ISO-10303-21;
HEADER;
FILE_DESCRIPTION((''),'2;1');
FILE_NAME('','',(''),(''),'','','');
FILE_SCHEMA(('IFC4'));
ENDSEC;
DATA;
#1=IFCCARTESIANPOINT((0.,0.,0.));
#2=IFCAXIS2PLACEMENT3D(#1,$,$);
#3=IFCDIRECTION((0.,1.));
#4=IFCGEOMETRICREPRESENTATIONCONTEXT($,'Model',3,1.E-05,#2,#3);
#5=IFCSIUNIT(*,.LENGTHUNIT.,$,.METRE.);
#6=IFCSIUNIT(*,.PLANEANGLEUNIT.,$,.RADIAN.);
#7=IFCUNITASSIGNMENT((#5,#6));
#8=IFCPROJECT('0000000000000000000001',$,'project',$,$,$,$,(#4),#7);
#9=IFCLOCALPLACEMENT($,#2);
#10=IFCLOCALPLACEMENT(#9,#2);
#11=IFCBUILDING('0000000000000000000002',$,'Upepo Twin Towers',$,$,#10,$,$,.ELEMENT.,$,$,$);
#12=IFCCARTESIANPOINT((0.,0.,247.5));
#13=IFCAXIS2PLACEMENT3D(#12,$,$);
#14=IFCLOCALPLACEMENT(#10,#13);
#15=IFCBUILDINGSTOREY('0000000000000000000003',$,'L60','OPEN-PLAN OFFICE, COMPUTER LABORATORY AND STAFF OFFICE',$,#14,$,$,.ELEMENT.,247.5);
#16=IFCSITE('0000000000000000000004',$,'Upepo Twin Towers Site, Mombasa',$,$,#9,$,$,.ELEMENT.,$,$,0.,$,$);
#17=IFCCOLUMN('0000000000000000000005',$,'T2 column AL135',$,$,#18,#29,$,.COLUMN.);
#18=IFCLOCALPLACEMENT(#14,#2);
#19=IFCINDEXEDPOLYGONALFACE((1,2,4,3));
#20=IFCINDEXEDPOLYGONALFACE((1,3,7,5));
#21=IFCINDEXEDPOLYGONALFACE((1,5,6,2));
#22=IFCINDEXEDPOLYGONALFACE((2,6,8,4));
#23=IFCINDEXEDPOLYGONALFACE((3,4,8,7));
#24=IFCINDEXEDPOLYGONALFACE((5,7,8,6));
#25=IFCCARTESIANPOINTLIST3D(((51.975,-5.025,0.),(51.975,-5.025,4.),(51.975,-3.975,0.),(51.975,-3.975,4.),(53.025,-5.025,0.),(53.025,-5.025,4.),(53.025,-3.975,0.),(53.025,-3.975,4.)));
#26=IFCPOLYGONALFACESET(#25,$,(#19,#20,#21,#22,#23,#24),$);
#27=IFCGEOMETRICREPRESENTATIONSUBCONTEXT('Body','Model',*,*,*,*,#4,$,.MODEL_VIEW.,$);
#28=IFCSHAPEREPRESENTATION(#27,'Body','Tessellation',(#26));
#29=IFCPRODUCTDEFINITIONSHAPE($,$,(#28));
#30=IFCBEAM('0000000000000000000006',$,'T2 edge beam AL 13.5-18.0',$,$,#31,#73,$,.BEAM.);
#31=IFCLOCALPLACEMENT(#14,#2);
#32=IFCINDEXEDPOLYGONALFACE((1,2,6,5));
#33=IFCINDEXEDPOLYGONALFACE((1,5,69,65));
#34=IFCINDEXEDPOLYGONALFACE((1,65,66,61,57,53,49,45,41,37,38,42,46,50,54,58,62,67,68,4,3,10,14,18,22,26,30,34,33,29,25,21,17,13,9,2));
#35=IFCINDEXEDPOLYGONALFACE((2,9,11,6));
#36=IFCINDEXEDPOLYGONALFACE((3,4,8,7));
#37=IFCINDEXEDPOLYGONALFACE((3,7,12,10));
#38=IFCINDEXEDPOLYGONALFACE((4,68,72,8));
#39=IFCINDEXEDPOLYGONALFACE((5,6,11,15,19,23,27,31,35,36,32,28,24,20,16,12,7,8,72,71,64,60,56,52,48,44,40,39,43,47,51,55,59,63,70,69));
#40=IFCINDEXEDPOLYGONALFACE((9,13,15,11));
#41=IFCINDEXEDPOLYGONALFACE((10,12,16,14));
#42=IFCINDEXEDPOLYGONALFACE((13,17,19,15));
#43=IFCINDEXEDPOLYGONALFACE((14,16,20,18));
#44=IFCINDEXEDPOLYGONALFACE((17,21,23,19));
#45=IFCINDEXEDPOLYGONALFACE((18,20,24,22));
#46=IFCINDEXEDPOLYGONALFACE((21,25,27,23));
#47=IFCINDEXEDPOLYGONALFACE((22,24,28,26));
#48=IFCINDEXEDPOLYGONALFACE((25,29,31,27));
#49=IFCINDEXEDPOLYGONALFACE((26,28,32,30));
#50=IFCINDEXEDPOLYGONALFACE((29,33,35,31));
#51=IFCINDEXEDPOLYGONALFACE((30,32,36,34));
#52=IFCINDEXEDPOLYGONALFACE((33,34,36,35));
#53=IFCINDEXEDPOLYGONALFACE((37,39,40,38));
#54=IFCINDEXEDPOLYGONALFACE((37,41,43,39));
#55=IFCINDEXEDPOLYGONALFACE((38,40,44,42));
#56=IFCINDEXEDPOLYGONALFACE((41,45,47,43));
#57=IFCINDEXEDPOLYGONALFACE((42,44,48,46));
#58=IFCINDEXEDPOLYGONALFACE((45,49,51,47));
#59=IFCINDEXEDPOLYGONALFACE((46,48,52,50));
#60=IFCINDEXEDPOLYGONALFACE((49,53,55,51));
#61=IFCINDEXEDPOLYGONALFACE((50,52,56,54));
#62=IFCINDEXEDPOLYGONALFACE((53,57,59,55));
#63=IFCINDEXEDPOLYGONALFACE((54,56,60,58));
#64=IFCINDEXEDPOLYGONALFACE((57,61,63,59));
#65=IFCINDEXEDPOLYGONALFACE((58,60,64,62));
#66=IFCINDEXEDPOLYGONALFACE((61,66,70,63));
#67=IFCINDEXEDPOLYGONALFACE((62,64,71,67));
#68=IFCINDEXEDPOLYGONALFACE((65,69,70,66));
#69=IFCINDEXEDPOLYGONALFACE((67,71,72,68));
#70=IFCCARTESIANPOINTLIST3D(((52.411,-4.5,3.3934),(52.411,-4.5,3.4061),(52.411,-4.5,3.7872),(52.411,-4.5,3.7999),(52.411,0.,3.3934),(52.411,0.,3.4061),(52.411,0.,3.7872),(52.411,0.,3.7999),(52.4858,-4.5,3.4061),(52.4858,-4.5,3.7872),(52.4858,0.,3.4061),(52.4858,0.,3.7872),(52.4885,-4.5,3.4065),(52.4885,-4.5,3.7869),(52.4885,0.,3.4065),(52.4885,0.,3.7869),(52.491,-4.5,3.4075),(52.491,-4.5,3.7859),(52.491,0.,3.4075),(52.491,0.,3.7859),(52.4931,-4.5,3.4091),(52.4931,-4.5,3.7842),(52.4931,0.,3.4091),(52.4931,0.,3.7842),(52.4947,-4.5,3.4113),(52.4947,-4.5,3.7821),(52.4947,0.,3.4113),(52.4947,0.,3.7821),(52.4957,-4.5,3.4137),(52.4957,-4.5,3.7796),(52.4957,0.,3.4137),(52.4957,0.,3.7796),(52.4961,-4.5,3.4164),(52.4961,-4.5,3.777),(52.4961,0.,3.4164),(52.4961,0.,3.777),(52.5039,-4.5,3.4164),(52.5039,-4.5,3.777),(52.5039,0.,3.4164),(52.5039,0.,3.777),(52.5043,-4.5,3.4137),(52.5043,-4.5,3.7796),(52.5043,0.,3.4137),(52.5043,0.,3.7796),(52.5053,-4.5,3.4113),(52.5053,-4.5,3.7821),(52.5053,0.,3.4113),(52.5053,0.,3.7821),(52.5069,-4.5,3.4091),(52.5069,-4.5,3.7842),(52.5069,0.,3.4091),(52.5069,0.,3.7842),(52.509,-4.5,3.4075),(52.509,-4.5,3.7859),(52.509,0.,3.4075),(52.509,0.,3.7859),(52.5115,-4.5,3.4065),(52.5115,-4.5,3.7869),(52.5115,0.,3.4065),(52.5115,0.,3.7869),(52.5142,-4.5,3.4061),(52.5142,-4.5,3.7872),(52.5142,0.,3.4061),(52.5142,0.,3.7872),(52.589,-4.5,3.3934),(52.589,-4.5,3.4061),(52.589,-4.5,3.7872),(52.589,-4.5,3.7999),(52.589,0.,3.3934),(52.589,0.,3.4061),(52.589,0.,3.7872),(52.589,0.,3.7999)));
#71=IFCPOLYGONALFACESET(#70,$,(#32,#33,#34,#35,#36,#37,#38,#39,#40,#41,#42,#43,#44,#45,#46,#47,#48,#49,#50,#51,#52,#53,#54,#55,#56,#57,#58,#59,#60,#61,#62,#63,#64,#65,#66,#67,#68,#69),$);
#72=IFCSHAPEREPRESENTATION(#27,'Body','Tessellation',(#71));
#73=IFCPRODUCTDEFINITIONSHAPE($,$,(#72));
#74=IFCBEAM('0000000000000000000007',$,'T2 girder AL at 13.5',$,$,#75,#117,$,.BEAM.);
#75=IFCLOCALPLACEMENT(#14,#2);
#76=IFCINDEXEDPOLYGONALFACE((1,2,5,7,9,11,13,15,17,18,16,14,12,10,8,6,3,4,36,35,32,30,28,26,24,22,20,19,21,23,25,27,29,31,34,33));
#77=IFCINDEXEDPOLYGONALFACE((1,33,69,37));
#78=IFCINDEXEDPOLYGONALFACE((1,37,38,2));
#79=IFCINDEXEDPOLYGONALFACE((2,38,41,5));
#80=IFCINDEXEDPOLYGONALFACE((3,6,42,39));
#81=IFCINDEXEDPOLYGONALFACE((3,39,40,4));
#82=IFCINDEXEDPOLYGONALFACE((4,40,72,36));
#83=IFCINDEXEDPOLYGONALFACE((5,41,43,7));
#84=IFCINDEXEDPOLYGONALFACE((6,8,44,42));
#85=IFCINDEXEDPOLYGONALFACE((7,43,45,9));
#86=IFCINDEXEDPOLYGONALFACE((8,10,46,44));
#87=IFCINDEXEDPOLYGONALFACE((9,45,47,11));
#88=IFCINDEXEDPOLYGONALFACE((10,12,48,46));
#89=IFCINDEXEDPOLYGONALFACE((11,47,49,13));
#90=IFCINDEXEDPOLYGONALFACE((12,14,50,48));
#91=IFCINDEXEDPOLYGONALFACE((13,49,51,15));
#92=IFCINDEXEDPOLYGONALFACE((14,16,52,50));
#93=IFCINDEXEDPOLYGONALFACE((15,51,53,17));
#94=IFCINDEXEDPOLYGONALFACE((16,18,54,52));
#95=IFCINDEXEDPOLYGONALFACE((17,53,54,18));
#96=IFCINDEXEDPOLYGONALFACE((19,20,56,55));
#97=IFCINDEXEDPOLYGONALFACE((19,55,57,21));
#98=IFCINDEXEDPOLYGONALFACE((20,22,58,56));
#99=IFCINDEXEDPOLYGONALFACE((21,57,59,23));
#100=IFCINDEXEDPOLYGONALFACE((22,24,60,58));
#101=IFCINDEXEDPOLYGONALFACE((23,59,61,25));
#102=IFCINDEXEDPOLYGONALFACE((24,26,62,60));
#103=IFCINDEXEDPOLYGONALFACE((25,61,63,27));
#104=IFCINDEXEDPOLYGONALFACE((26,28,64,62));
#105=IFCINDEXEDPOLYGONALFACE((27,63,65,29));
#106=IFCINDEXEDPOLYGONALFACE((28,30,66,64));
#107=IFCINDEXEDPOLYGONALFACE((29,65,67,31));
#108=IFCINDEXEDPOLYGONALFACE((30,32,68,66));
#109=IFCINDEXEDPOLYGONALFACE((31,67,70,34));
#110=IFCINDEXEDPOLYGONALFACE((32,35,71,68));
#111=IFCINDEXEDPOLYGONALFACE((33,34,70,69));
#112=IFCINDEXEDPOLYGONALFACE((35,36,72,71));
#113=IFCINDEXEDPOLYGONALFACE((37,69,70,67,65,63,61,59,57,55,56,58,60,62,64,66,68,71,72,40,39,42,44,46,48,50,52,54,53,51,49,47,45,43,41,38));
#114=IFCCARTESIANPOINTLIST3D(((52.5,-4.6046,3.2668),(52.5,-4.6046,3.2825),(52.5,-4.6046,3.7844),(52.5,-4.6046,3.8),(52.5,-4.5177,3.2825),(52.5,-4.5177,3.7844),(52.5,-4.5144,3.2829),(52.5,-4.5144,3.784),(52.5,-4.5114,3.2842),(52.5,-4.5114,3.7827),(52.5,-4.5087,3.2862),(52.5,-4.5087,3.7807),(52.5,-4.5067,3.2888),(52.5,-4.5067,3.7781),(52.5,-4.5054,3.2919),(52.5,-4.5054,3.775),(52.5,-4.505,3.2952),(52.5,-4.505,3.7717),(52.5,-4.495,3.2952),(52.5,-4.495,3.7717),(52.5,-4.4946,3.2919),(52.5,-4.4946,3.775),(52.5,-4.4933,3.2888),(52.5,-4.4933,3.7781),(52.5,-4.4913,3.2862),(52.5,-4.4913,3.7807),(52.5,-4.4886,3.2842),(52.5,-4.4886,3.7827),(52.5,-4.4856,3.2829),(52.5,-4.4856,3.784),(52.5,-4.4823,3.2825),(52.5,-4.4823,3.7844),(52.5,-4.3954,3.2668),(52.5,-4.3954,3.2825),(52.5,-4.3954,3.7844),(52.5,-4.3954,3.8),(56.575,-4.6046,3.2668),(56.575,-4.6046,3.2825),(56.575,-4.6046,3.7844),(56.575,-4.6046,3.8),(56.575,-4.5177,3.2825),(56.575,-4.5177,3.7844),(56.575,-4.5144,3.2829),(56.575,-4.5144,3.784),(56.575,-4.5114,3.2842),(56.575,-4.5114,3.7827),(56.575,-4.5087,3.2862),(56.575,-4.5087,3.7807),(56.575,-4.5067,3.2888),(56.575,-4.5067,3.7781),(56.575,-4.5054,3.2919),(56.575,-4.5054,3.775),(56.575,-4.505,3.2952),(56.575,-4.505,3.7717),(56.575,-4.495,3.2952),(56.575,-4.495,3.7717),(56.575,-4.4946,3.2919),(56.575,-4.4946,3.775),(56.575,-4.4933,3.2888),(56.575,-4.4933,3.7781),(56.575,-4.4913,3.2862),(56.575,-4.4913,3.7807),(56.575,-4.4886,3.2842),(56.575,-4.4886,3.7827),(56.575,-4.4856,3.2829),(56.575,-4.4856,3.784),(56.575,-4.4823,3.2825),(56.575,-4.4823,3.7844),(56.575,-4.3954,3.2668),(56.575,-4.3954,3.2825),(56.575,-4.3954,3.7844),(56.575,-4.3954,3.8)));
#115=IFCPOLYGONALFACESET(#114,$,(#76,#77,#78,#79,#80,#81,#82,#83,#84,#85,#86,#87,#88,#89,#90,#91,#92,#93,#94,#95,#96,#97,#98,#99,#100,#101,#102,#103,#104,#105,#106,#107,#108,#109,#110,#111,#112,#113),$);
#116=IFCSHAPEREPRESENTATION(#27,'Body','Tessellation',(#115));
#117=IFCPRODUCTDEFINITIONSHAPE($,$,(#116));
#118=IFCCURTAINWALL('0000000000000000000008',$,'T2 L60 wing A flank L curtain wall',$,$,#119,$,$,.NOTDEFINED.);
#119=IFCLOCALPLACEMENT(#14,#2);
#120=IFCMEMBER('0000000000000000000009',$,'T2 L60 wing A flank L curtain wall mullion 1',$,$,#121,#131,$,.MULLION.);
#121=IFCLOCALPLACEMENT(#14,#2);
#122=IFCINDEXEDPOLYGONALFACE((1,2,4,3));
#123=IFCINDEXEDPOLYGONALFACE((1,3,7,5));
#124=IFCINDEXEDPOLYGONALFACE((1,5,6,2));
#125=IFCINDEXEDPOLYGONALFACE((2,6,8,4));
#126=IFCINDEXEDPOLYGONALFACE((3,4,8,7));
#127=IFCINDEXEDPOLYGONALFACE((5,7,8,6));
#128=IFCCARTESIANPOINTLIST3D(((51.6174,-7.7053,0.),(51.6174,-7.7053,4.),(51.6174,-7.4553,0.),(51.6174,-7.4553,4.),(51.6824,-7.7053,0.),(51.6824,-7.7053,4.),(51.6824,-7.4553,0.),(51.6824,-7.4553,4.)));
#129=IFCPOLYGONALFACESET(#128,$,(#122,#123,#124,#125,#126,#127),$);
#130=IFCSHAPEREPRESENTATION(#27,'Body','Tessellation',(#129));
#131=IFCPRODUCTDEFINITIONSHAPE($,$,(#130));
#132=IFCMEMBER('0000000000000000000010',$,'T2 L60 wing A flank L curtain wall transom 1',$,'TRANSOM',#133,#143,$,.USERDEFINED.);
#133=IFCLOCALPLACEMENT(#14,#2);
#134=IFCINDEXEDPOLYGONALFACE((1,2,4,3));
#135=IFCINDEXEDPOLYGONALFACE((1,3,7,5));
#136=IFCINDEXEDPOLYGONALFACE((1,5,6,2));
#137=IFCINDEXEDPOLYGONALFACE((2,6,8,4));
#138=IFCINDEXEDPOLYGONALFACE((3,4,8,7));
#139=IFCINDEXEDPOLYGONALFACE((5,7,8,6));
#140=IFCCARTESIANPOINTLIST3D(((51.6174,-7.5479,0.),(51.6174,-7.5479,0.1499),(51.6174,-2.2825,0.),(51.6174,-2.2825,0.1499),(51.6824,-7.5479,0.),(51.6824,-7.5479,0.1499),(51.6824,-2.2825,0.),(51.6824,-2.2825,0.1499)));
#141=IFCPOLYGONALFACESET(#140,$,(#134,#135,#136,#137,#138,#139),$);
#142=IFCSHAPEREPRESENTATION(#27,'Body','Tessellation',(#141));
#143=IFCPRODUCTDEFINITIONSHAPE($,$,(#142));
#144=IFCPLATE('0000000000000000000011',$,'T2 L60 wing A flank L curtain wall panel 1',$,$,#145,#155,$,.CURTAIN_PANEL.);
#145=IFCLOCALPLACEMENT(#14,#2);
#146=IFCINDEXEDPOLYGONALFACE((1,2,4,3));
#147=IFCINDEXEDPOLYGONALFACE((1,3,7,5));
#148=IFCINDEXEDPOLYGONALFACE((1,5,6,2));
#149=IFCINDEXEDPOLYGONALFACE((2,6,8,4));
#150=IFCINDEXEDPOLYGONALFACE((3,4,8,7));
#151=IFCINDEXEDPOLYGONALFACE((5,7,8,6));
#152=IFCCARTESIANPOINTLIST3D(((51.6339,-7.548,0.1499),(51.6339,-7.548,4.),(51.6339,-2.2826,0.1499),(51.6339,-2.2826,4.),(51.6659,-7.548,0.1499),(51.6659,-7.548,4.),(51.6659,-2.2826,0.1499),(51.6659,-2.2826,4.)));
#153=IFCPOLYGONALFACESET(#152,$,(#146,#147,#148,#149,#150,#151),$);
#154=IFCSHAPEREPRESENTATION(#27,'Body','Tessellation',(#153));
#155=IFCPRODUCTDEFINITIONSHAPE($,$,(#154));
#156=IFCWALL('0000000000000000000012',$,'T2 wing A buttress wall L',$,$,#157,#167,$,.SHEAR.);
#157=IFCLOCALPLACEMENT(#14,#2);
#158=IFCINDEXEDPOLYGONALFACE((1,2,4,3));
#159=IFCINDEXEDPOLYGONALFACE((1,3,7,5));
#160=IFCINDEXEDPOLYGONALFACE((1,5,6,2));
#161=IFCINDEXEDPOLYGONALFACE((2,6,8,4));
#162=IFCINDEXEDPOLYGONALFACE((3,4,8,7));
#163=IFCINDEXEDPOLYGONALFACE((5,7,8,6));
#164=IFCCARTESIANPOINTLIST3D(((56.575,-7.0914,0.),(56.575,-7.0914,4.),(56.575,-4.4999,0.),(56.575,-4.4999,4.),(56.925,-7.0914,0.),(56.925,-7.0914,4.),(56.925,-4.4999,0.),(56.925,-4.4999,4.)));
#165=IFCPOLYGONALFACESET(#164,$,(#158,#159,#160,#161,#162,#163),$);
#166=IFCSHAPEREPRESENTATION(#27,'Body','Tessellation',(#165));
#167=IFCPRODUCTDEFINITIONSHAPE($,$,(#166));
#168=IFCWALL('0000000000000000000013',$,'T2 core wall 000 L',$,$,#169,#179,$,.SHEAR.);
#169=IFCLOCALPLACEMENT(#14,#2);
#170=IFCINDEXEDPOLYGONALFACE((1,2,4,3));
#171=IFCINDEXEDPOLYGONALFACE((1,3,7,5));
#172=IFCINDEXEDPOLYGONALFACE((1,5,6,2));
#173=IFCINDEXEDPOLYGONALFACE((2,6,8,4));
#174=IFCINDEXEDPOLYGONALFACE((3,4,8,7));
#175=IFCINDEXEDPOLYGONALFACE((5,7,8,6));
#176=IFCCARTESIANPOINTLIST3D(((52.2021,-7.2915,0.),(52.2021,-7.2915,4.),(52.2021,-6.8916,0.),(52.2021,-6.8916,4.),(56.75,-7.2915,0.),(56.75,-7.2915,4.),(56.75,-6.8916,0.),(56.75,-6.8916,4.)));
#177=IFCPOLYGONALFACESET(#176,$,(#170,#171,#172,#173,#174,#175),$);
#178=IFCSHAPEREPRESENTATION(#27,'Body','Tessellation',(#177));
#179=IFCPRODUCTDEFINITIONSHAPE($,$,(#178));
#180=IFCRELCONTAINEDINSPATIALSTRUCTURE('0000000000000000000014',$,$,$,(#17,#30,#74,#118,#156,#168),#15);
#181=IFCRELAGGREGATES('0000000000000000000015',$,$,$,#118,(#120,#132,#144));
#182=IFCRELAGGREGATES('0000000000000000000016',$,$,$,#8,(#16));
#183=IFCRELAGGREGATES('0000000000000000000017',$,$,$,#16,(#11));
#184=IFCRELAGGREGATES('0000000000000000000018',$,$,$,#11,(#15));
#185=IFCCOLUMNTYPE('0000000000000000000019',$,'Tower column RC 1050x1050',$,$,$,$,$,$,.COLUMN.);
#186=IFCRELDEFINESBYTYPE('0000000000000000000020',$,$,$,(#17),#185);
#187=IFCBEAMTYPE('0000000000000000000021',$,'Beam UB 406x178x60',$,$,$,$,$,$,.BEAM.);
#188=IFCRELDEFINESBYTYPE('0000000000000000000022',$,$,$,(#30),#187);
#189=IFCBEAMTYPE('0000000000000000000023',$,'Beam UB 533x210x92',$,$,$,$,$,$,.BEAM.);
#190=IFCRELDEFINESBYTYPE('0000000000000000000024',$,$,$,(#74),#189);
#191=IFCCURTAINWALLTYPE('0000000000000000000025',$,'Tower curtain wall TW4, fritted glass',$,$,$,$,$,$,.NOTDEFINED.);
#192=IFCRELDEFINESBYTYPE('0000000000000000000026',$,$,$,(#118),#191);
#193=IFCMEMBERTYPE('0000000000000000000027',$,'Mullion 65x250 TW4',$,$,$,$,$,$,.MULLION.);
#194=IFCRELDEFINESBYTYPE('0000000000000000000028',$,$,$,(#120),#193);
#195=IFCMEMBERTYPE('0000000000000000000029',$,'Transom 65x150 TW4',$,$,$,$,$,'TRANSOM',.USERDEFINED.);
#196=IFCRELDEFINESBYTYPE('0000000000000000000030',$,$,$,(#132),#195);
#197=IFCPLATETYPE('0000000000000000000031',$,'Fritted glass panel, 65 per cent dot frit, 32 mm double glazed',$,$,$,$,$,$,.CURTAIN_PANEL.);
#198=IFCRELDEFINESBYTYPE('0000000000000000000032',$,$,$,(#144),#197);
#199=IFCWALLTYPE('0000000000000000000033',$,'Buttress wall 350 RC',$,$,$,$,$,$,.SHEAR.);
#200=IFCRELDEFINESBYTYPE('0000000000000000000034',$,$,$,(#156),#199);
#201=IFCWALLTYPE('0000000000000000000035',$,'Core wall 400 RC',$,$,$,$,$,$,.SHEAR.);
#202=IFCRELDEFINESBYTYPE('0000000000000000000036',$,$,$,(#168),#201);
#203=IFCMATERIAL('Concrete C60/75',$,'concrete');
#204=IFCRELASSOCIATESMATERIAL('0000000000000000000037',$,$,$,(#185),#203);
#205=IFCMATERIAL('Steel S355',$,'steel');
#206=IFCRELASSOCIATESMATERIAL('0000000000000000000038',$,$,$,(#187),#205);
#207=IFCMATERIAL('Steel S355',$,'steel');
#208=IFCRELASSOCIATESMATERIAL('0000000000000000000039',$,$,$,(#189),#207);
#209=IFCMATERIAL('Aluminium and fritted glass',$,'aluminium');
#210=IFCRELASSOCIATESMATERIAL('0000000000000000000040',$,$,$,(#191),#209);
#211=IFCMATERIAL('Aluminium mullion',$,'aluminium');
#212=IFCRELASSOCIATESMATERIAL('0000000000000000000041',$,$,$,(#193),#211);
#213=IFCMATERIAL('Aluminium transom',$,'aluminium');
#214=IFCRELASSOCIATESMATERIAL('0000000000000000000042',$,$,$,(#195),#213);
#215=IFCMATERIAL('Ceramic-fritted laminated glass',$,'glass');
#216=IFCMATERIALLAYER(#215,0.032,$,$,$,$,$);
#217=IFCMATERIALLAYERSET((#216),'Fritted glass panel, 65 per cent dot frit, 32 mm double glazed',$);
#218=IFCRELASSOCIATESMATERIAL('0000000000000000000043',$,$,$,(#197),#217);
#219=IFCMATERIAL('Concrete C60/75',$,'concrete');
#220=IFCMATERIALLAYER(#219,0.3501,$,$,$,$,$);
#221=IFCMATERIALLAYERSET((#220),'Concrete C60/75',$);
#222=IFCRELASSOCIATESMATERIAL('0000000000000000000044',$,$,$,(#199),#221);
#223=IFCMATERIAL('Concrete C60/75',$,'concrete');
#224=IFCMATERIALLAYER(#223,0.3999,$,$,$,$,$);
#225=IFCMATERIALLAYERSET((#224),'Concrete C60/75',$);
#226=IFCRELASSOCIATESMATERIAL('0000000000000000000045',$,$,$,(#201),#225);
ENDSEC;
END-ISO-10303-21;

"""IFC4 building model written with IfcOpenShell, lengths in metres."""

from ifc_helpers import new_model, si_unit, direction, frame, frame_2d, origin, origin_2d, place, context, subcontext, project, spatial, rectangle, i_section, extrude, material, layer, layer_set, material_profile, profile_set, type_object, element, aggregate, save


model = new_model("IFC4")

# Units and contexts
model_context = context("Model", 3, precision=1e-05, world=origin(), true_north=direction((0.0, 1.0)))
body_context = subcontext(model_context, "Body", "Model", "MODEL_VIEW")
ifc_project = project(units=[si_unit("LENGTHUNIT", "METRE"), si_unit("PLANEANGLEUNIT", "RADIAN")], contexts=[model_context])

# Site, building, storey
site_placement = place(None, origin())
site = spatial("IfcSite", under=ifc_project, at=site_placement, Name="Upepo Twin Towers Site, Mombasa", CompositionType="ELEMENT", RefElevation=0.0)
building_placement = place(site_placement, origin())
building = spatial("IfcBuilding", under=site, at=building_placement, Name="Upepo Twin Towers", CompositionType="ELEMENT")
storey_placement = place(building_placement, frame((0.0, 0.0, 247.5)))
storey = spatial("IfcBuildingStorey", under=building, at=storey_placement, Name="L60", Description="OPEN-PLAN OFFICE, COMPUTER LABORATORY AND STAFF OFFICE", CompositionType="ELEMENT", Elevation=247.5)

# Column
ifc_material_1 = material(Name="Concrete C60/75", Category="concrete")
ifc_material_profile_1 = material_profile(ifc_material_1, rectangle(XDim=1.05, YDim=1.05, at=origin_2d()), Name="RC 1050x1050")
ifc_profile_set_1 = profile_set([ifc_material_profile_1], Name="Concrete C60/75")
column_type = type_object("IfcColumnType", Name="Tower column RC 1050x1050", PredefinedType="COLUMN", material=ifc_profile_set_1)
column_placement = place(storey_placement, frame((52.5, -4.5, 0.0), z_axis=(0.0, 0.0, 1.0), x_axis=(1.0, 0.0, 0.0)))
element("IfcColumn", 1, at=column_placement, inside=storey, type_object=column_type, Name="T2 column AL135", PredefinedType="COLUMN", context=body_context, shape_type="SweptSolid", body=[
    extrude(rectangle(XDim=1.05, YDim=1.05, at=origin_2d()), origin(), (0.0, 0.0, 1.0), 4.0),
])

# Beams
ifc_material_2 = material(Name="Steel S355", Category="steel")
ifc_material_profile_2 = material_profile(ifc_material_2, i_section(OverallWidth=0.178, OverallDepth=0.4065, WebThickness=0.0078, FlangeThickness=0.0127, FilletRadius=0.0103, at=origin_2d()), Name="UB 406x178x60")
ifc_profile_set_2 = profile_set([ifc_material_profile_2], Name="Steel S355")
beam_type_1 = type_object("IfcBeamType", Name="Beam UB 406x178x60", PredefinedType="BEAM", material=ifc_profile_set_2)
beam_1_placement = place(storey_placement, frame((52.5, -4.5, 3.5967), z_axis=(0.0, 1.0, 0.0), x_axis=(-1.0, 0.0, 0.0)))
element("IfcBeam", 2, at=beam_1_placement, inside=storey, type_object=beam_type_1, Name="T2 edge beam AL 13.5-18.0", PredefinedType="BEAM", context=body_context, shape_type="SweptSolid", body=[
    extrude(i_section(OverallWidth=0.178, OverallDepth=0.4065, WebThickness=0.0078, FlangeThickness=0.0127, FilletRadius=0.0103, at=origin_2d()), origin(), (0.0, 0.0, 1.0), 4.5),
])
ifc_material_3 = material(Name="Steel S355", Category="steel")
ifc_material_profile_3 = material_profile(ifc_material_3, i_section(OverallWidth=0.2092, OverallDepth=0.5332, WebThickness=0.01, FlangeThickness=0.0156, FilletRadius=0.0127, at=origin_2d()), Name="UB 533x210x92")
ifc_profile_set_3 = profile_set([ifc_material_profile_3], Name="Steel S355")
beam_type_2 = type_object("IfcBeamType", Name="Beam UB 533x210x92", PredefinedType="BEAM", material=ifc_profile_set_3)
beam_2_placement = place(storey_placement, frame((52.5, -4.5, 3.5334), z_axis=(1.0, 0.0, 0.0), x_axis=(0.0, 1.0, 0.0)))
element("IfcBeam", 3, at=beam_2_placement, inside=storey, type_object=beam_type_2, Name="T2 girder AL at 13.5", PredefinedType="BEAM", context=body_context, shape_type="SweptSolid", body=[
    extrude(i_section(OverallWidth=0.2092, OverallDepth=0.5332, WebThickness=0.01, FlangeThickness=0.0156, FilletRadius=0.0127, at=origin_2d()), origin(), (0.0, 0.0, 1.0), 4.075),
])

# Curtain wall, members, plate
ifc_material_4 = material(Name="Aluminium and fritted glass", Category="aluminium")
curtain_wall_type = type_object("IfcCurtainWallType", Name="Tower curtain wall TW4, fritted glass", PredefinedType="NOTDEFINED", material=ifc_material_4)
curtain_wall_placement = place(storey_placement, origin())
curtain_wall = element("IfcCurtainWall", 4, at=curtain_wall_placement, inside=storey, type_object=curtain_wall_type, Name="T2 L60 wing A flank L curtain wall", PredefinedType="NOTDEFINED")
ifc_material_5 = material(Name="Aluminium mullion", Category="aluminium")
ifc_material_profile_4 = material_profile(ifc_material_5, rectangle(XDim=0.0649, YDim=0.25, at=origin_2d()), Name="MULLION 65x250")
ifc_profile_set_4 = profile_set([ifc_material_profile_4], Name="Aluminium mullion")
member_type_1 = type_object("IfcMemberType", Name="Mullion 65x250 TW4", PredefinedType="MULLION", material=ifc_profile_set_4)
member_1_placement = place(storey_placement, frame((51.6499, -7.5803, 0.0), z_axis=(0.0, 0.0, 1.0), x_axis=(-1.0, 0.0, 0.0)))
member_1 = element("IfcMember", 5, at=member_1_placement, type_object=member_type_1, Name="T2 L60 wing A flank L curtain wall mullion 1", PredefinedType="MULLION", context=body_context, shape_type="SweptSolid", body=[
    extrude(rectangle(XDim=0.0649, YDim=0.25, at=origin_2d()), origin(), (0.0, 0.0, 1.0), 4.0),
])
ifc_material_6 = material(Name="Aluminium transom", Category="aluminium")
ifc_material_profile_5 = material_profile(ifc_material_6, rectangle(XDim=0.0649, YDim=0.1499, at=origin_2d()), Name="TRANSOM 65x150")
ifc_profile_set_5 = profile_set([ifc_material_profile_5], Name="Aluminium transom")
member_type_2 = type_object("IfcMemberType", Name="Transom 65x150 TW4", ElementType="TRANSOM", PredefinedType="USERDEFINED", material=ifc_profile_set_5)
member_2_placement = place(storey_placement, frame((51.6499, -7.5479, 0.075), z_axis=(0.0, 1.0, 0.0), x_axis=(-1.0, 0.0, 0.0)))
member_2 = element("IfcMember", 6, at=member_2_placement, type_object=member_type_2, Name="T2 L60 wing A flank L curtain wall transom 1", ObjectType="TRANSOM", PredefinedType="USERDEFINED", context=body_context, shape_type="SweptSolid", body=[
    extrude(rectangle(XDim=0.0649, YDim=0.1499, at=origin_2d()), origin(), (0.0, 0.0, 1.0), 5.2654),
])
ifc_material_7 = material(Name="Ceramic-fritted laminated glass", Category="glass")
ifc_layer_1 = layer(ifc_material_7, 0.032)
ifc_layer_set_1 = layer_set([ifc_layer_1], Name="Fritted glass panel, 65 per cent dot frit, 32 mm double glazed")
plate_type = type_object("IfcPlateType", Name="Fritted glass panel, 65 per cent dot frit, 32 mm double glazed", PredefinedType="CURTAIN_PANEL", material=ifc_layer_set_1)
plate_placement = place(storey_placement, frame((51.6499, -4.9153, 0.1499), z_axis=(0.0, 0.0, 1.0), x_axis=(0.0, 1.0, 0.0)))
plate = element("IfcPlate", 7, at=plate_placement, type_object=plate_type, Name="T2 L60 wing A flank L curtain wall panel 1", PredefinedType="CURTAIN_PANEL", context=body_context, shape_type="SweptSolid", body=[
    extrude(rectangle(XDim=5.2654, YDim=0.032, at=origin_2d()), origin(), (0.0, 0.0, 1.0), 3.8501),
])
aggregate(curtain_wall, [member_1, member_2, plate])

# Walls
ifc_material_8 = material(Name="Concrete C60/75", Category="concrete")
ifc_layer_2 = layer(ifc_material_8, 0.3501)
ifc_layer_set_2 = layer_set([ifc_layer_2], Name="Concrete C60/75")
wall_type_1 = type_object("IfcWallType", Name="Buttress wall 350 RC", PredefinedType="SHEAR", material=ifc_layer_set_2)
wall_1_placement = place(storey_placement, frame((56.75, -7.0916, 0.0), z_axis=(0.0, 0.0, 1.0), x_axis=(0.0, 1.0, 0.0)))
element("IfcWall", 8, at=wall_1_placement, inside=storey, type_object=wall_type_1, Name="T2 wing A buttress wall L", PredefinedType="SHEAR", context=body_context, shape_type="SweptSolid", body=[
    extrude(rectangle(XDim=2.5916, YDim=0.3501, at=frame_2d((1.2959, 0.0))), origin(), (0.0, 0.0, 1.0), 4.0),
])
ifc_material_9 = material(Name="Concrete C60/75", Category="concrete")
ifc_layer_3 = layer(ifc_material_9, 0.3999)
ifc_layer_set_3 = layer_set([ifc_layer_3], Name="Concrete C60/75")
wall_type_2 = type_object("IfcWallType", Name="Core wall 400 RC", PredefinedType="SHEAR", material=ifc_layer_set_3)
wall_2_placement = place(storey_placement, frame((56.75, -7.0916, 0.0), z_axis=(0.0, 0.0, 1.0), x_axis=(-1.0, 0.0, 0.0)))
element("IfcWall", 9, at=wall_2_placement, inside=storey, type_object=wall_type_2, Name="T2 core wall 000 L", PredefinedType="SHEAR", context=body_context, shape_type="SweptSolid", body=[
    extrude(rectangle(XDim=4.5479, YDim=0.3999, at=frame_2d((2.2739, 0.0))), origin(), (0.0, 0.0, 1.0), 4.0),
])

save(model, "model.ifc")
